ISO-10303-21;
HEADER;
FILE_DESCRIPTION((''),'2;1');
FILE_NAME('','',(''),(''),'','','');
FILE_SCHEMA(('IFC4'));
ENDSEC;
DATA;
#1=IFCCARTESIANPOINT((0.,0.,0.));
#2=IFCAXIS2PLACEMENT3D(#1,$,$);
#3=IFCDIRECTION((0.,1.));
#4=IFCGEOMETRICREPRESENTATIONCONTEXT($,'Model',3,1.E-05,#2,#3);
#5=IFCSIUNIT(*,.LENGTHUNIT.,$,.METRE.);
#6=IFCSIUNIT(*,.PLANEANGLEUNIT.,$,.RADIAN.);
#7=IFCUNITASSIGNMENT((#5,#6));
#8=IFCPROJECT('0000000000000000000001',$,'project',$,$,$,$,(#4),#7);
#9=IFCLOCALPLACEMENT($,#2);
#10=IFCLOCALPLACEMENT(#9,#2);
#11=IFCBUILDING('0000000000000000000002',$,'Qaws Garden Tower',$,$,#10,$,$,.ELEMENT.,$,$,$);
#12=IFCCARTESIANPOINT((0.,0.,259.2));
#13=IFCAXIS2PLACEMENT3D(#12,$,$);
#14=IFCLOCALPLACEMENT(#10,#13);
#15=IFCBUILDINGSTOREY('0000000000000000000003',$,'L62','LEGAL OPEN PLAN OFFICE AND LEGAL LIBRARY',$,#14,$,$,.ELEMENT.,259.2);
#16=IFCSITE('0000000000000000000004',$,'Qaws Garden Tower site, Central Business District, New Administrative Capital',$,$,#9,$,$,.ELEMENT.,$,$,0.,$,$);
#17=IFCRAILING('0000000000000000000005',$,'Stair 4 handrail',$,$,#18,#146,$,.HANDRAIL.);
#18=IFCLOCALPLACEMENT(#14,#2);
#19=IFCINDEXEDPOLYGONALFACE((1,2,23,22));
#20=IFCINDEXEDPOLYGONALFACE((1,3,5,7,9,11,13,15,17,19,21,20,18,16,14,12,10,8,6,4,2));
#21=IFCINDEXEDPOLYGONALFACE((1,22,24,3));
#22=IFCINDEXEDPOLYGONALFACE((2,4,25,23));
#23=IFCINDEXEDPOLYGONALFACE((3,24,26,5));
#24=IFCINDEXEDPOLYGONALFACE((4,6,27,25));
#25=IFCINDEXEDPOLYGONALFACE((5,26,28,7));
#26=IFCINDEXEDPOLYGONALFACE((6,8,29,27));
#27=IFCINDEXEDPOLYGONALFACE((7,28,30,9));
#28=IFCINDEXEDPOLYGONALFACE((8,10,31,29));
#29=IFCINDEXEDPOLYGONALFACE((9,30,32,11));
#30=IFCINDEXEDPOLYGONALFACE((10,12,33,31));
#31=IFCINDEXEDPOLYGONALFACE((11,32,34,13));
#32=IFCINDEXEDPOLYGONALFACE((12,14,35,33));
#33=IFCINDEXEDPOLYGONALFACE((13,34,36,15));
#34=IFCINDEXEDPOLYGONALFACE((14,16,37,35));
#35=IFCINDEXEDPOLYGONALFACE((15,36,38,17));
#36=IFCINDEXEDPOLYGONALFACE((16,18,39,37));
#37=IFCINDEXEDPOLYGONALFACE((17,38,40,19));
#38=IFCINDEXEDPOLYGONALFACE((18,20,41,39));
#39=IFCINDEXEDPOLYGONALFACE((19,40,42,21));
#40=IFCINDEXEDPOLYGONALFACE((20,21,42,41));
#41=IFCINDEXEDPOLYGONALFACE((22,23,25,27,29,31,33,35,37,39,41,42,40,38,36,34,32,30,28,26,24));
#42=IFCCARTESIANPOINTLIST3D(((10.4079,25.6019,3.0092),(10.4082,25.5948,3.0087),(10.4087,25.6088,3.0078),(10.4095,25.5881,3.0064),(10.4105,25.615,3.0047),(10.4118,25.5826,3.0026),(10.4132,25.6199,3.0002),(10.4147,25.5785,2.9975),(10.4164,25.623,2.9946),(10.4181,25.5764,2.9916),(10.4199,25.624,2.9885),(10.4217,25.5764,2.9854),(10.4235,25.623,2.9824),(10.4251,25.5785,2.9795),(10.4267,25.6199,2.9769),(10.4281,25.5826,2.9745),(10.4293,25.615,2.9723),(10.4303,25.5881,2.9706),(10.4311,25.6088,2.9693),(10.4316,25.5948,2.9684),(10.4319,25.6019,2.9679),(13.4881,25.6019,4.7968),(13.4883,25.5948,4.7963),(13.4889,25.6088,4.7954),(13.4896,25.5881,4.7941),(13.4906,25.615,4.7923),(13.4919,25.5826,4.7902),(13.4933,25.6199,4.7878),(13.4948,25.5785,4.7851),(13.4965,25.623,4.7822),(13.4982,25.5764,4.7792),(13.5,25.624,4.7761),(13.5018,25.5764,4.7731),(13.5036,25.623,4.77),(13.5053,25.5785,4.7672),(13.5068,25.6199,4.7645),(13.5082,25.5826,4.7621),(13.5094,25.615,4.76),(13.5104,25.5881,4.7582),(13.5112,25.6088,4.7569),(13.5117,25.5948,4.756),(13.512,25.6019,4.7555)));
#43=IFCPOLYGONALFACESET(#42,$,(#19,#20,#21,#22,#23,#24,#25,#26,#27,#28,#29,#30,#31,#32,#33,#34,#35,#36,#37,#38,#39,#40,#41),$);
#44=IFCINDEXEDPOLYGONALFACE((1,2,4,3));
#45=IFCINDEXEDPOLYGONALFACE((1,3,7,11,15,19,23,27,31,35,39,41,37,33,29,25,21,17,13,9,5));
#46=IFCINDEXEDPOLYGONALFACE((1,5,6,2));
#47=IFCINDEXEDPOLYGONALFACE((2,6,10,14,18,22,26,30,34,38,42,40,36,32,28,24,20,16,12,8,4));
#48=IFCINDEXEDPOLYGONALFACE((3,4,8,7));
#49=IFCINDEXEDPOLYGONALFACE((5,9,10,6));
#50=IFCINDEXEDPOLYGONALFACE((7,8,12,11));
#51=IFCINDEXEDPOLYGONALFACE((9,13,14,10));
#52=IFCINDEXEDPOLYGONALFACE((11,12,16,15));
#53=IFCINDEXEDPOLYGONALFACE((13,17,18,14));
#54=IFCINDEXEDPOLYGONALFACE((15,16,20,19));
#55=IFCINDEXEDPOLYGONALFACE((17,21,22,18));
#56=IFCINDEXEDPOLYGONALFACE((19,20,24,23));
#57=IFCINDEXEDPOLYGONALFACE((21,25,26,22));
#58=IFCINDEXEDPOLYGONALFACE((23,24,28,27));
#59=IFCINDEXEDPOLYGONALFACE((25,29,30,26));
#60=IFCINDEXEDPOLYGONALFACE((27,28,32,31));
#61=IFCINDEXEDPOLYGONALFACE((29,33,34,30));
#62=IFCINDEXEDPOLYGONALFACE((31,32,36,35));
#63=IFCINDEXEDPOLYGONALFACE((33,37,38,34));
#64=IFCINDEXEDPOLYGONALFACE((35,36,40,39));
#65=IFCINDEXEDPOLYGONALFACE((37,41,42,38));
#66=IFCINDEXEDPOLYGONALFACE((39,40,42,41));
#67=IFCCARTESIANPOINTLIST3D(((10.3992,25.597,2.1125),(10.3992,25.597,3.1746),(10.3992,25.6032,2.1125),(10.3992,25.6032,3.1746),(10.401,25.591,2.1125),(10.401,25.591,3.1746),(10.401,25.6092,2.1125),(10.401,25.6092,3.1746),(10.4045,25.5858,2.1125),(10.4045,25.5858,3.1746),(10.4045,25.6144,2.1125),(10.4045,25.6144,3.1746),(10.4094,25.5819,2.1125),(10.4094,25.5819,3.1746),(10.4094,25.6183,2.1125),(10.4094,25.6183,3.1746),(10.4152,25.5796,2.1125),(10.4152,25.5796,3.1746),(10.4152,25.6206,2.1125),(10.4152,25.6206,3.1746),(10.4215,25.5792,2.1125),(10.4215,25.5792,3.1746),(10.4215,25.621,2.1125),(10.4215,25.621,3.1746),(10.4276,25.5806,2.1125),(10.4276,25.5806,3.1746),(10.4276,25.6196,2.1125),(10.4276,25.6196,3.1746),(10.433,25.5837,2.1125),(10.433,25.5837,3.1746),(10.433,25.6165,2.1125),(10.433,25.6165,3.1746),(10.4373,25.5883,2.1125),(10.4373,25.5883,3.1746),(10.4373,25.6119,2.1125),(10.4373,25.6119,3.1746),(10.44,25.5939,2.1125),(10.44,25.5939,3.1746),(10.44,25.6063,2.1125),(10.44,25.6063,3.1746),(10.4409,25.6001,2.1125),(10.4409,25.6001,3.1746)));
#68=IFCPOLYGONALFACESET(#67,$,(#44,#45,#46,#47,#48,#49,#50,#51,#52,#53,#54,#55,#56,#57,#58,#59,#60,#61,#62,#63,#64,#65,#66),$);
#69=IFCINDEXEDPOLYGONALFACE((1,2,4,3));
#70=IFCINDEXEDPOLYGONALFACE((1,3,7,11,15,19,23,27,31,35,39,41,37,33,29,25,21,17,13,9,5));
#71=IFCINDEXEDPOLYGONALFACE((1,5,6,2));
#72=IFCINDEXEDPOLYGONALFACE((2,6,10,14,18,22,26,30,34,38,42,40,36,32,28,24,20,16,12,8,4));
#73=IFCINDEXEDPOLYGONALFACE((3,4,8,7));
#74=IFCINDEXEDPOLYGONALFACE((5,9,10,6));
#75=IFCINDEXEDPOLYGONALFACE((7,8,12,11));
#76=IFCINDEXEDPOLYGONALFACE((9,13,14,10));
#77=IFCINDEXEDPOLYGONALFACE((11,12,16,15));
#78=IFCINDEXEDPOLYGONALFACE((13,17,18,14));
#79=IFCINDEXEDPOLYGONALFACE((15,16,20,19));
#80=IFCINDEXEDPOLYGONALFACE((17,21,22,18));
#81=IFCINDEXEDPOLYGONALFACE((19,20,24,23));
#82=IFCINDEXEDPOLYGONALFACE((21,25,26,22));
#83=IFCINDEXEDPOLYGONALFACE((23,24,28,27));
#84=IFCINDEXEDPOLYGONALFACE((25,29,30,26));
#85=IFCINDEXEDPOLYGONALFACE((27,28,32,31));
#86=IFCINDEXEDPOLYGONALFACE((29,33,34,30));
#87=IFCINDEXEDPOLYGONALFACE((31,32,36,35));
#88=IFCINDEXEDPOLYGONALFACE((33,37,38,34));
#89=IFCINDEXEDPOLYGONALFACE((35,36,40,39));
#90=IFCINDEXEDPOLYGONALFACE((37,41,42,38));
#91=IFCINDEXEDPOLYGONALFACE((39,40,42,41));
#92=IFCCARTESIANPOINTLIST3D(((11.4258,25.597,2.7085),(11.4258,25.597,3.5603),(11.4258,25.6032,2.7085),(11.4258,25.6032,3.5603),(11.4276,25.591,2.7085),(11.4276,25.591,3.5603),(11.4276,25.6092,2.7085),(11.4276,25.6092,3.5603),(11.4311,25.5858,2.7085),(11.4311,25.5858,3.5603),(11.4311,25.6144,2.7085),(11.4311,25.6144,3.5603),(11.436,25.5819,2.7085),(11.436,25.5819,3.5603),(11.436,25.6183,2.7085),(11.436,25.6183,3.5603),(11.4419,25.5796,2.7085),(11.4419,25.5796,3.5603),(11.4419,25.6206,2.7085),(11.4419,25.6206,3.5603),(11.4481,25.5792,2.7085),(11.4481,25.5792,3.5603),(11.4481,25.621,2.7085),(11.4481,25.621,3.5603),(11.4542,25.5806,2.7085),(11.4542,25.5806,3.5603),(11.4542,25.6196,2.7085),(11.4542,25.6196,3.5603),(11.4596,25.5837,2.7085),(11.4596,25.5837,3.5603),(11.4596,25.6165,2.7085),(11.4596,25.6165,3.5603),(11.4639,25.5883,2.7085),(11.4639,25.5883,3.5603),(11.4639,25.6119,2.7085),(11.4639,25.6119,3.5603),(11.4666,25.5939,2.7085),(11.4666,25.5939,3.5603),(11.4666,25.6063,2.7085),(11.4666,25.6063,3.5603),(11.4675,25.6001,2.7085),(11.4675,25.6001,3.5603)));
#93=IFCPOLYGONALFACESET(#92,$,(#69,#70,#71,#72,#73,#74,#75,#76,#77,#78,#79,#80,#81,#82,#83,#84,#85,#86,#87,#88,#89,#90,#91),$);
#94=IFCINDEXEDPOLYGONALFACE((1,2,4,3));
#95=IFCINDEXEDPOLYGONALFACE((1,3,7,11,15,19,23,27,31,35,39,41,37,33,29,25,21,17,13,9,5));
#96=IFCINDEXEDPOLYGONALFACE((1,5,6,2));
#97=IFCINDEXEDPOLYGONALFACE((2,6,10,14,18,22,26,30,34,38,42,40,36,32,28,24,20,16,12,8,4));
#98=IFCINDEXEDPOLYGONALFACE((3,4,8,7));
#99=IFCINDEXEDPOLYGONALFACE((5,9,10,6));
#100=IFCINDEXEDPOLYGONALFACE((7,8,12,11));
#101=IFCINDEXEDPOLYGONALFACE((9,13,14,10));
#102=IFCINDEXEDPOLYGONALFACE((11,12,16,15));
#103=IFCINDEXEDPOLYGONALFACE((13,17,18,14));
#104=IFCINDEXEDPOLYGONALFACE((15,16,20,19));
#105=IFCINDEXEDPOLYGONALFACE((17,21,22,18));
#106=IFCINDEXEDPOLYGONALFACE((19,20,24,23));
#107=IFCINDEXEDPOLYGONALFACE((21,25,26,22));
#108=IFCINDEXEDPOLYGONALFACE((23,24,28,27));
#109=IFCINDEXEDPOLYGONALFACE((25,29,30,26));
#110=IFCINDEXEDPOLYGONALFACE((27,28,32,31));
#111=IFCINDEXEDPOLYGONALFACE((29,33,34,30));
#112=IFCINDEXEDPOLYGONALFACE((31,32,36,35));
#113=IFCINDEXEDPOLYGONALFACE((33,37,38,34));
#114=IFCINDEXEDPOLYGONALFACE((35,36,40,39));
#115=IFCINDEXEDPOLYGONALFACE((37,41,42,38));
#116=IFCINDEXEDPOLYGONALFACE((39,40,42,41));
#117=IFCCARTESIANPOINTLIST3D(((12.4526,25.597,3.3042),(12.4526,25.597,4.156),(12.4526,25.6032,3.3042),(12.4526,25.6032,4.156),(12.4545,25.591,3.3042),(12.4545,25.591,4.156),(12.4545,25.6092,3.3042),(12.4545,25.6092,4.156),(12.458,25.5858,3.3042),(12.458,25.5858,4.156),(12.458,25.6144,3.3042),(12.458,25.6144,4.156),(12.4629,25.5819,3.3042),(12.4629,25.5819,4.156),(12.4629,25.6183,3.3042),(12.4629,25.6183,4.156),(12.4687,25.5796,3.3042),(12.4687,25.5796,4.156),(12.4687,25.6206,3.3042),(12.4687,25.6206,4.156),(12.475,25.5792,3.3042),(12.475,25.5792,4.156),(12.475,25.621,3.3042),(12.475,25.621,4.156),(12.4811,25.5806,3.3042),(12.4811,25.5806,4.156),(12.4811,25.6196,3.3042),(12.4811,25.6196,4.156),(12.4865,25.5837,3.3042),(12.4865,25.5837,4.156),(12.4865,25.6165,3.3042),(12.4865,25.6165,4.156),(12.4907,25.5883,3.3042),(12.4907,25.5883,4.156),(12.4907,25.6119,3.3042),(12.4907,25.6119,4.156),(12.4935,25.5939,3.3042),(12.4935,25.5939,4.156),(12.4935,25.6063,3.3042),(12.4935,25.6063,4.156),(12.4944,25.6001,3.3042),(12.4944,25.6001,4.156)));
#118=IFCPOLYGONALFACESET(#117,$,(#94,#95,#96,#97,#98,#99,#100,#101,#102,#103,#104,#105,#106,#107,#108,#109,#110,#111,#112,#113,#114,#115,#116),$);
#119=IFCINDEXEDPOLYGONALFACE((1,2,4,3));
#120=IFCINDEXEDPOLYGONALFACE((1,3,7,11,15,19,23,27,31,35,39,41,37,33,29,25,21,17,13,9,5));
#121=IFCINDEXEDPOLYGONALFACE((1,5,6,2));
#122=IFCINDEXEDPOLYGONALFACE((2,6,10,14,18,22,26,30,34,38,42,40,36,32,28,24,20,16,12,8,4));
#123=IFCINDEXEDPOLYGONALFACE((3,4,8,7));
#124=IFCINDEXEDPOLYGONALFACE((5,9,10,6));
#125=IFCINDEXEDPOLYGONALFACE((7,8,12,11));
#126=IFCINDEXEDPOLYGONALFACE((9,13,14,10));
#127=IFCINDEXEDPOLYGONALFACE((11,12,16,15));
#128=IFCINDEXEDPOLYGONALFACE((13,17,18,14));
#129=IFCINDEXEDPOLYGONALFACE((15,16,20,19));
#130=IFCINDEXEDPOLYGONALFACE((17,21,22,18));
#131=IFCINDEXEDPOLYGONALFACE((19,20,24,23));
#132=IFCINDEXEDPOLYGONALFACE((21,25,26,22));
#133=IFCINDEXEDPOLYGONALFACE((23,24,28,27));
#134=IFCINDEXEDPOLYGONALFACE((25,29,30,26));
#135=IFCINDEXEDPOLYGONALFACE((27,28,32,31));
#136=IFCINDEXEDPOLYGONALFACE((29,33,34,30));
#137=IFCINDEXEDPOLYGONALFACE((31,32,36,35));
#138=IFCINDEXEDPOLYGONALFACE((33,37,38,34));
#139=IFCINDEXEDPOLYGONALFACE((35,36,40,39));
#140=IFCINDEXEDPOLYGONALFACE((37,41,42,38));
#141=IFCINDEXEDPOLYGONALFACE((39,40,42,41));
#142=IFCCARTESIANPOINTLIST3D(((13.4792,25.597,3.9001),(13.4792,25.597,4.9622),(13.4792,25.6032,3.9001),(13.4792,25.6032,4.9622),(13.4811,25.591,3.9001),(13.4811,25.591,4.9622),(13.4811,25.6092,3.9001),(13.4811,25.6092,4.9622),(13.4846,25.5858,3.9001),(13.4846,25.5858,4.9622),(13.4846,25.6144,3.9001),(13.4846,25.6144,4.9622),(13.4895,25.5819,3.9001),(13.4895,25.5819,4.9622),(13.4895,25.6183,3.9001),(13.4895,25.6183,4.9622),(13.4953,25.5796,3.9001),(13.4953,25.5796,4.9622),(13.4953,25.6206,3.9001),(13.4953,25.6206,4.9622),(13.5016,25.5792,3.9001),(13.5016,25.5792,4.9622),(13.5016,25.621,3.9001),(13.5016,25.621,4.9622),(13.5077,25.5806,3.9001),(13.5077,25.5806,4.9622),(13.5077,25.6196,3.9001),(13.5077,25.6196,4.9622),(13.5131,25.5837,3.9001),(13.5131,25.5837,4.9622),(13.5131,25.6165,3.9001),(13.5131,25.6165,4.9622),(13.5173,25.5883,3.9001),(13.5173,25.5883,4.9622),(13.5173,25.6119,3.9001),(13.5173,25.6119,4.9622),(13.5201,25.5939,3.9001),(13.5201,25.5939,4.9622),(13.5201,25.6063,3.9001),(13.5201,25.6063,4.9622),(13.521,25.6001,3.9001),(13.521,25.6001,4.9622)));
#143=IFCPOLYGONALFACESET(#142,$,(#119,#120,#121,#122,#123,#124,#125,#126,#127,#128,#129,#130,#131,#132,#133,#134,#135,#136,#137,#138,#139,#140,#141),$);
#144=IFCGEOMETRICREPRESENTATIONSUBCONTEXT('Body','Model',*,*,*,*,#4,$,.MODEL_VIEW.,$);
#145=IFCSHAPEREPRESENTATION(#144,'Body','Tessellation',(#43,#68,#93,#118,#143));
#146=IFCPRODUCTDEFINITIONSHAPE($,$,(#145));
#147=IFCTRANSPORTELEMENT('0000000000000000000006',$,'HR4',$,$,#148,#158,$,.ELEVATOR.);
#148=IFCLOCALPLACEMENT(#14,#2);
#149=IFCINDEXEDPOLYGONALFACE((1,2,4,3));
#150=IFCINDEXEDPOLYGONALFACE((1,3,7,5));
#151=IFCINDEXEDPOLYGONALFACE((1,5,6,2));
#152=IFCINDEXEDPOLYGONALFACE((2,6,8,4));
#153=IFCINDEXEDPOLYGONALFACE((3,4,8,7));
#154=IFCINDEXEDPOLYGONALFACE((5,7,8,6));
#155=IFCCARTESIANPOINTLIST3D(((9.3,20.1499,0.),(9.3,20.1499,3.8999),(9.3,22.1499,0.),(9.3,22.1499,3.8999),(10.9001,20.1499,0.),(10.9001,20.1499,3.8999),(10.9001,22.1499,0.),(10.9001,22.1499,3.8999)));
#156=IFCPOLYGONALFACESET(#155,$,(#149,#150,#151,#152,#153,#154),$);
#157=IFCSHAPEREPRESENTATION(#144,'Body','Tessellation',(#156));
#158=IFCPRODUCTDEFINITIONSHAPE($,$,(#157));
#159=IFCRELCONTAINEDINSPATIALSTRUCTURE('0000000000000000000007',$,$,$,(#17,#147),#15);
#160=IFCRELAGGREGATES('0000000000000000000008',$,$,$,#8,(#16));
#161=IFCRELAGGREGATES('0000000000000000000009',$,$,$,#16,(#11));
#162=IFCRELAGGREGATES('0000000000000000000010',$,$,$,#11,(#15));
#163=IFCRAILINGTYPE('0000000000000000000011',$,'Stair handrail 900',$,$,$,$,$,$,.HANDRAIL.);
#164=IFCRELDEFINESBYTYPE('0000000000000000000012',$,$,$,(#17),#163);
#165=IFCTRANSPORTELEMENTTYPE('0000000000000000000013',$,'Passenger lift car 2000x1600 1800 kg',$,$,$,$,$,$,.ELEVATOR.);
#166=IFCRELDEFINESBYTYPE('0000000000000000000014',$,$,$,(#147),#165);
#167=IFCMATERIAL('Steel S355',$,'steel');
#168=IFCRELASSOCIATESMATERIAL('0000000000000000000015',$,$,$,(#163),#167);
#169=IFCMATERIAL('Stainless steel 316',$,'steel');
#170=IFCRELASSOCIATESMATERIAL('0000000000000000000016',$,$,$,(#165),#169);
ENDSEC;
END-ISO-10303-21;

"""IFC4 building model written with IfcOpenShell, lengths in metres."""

from ifc_helpers import new_model, si_unit, direction, frame, origin, origin_2d, place, context, subcontext, project, spatial, rectangle, circle, extrude, material, type_object, element, save


model = new_model("IFC4")

# Units and contexts
model_context = context("Model", 3, precision=1e-05, world=origin(), true_north=direction((0.0, 1.0)))
body_context = subcontext(model_context, "Body", "Model", "MODEL_VIEW")
ifc_project = project(units=[si_unit("LENGTHUNIT", "METRE"), si_unit("PLANEANGLEUNIT", "RADIAN")], contexts=[model_context])

# Site, building, storey
site_placement = place(None, origin())
site = spatial("IfcSite", under=ifc_project, at=site_placement, Name="Qaws Garden Tower site, Central Business District, New Administrative Capital", CompositionType="ELEMENT", RefElevation=0.0)
building_placement = place(site_placement, origin())
building = spatial("IfcBuilding", under=site, at=building_placement, Name="Qaws Garden Tower", CompositionType="ELEMENT")
storey_placement = place(building_placement, frame((0.0, 0.0, 259.2)))
storey = spatial("IfcBuildingStorey", under=building, at=storey_placement, Name="L62", Description="LEGAL OPEN PLAN OFFICE AND LEGAL LIBRARY", CompositionType="ELEMENT", Elevation=259.2)

# Railing
ifc_material_1 = material(Name="Steel S355", Category="steel")
railing_type = type_object("IfcRailingType", Name="Stair handrail 900", PredefinedType="HANDRAIL", material=ifc_material_1)
railing_1_placement = place(storey_placement, frame((10.4199, 25.6001, 2.1125)))
element("IfcRailing", 1, at=railing_1_placement, inside=storey, type_object=railing_type, Name="Stair 4 handrail", PredefinedType="HANDRAIL", context=body_context, shape_type="SweptSolid", body=[
    extrude(circle(Radius=0.0239, at=origin_2d()), frame((0.0, 0.0, 0.876), z_axis=(0.864891, 0.0, 0.50196), x_axis=(0.0, 1.0, 0.0)), (0.0, 0.0, 1.0), 3.5613),
    extrude(circle(Radius=0.021, at=origin_2d()), origin(), (0.0, 0.0, 1.0), 1.062),
    extrude(circle(Radius=0.021, at=origin_2d()), frame((1.0266, 0.0, 0.5959)), (0.0, 0.0, 1.0), 0.8518),
    extrude(circle(Radius=0.021, at=origin_2d()), frame((2.0535, 0.0, 1.1917)), (0.0, 0.0, 1.0), 0.8518),
    extrude(circle(Radius=0.021, at=origin_2d()), frame((3.0801, 0.0, 1.7876)), (0.0, 0.0, 1.0), 1.062),
])

# Transport element
ifc_material_2 = material(Name="Stainless steel 316", Category="steel")
transport_element_type = type_object("IfcTransportElementType", Name="Passenger lift car 2000x1600 1800 kg", PredefinedType="ELEVATOR", material=ifc_material_2)
transport_element_placement = place(storey_placement, frame((10.1001, 21.1499, 0.0), z_axis=(0.0, 0.0, 1.0), x_axis=(1.0, 0.0, 0.0)))
element("IfcTransportElement", 2, at=transport_element_placement, inside=storey, type_object=transport_element_type, Name="HR4", PredefinedType="ELEVATOR", context=body_context, shape_type="SweptSolid", body=[
    extrude(rectangle(XDim=1.6001, YDim=2.0, at=origin_2d()), origin(), (0.0, 0.0, 1.0), 3.8999),
])

save(model, "model.ifc")
